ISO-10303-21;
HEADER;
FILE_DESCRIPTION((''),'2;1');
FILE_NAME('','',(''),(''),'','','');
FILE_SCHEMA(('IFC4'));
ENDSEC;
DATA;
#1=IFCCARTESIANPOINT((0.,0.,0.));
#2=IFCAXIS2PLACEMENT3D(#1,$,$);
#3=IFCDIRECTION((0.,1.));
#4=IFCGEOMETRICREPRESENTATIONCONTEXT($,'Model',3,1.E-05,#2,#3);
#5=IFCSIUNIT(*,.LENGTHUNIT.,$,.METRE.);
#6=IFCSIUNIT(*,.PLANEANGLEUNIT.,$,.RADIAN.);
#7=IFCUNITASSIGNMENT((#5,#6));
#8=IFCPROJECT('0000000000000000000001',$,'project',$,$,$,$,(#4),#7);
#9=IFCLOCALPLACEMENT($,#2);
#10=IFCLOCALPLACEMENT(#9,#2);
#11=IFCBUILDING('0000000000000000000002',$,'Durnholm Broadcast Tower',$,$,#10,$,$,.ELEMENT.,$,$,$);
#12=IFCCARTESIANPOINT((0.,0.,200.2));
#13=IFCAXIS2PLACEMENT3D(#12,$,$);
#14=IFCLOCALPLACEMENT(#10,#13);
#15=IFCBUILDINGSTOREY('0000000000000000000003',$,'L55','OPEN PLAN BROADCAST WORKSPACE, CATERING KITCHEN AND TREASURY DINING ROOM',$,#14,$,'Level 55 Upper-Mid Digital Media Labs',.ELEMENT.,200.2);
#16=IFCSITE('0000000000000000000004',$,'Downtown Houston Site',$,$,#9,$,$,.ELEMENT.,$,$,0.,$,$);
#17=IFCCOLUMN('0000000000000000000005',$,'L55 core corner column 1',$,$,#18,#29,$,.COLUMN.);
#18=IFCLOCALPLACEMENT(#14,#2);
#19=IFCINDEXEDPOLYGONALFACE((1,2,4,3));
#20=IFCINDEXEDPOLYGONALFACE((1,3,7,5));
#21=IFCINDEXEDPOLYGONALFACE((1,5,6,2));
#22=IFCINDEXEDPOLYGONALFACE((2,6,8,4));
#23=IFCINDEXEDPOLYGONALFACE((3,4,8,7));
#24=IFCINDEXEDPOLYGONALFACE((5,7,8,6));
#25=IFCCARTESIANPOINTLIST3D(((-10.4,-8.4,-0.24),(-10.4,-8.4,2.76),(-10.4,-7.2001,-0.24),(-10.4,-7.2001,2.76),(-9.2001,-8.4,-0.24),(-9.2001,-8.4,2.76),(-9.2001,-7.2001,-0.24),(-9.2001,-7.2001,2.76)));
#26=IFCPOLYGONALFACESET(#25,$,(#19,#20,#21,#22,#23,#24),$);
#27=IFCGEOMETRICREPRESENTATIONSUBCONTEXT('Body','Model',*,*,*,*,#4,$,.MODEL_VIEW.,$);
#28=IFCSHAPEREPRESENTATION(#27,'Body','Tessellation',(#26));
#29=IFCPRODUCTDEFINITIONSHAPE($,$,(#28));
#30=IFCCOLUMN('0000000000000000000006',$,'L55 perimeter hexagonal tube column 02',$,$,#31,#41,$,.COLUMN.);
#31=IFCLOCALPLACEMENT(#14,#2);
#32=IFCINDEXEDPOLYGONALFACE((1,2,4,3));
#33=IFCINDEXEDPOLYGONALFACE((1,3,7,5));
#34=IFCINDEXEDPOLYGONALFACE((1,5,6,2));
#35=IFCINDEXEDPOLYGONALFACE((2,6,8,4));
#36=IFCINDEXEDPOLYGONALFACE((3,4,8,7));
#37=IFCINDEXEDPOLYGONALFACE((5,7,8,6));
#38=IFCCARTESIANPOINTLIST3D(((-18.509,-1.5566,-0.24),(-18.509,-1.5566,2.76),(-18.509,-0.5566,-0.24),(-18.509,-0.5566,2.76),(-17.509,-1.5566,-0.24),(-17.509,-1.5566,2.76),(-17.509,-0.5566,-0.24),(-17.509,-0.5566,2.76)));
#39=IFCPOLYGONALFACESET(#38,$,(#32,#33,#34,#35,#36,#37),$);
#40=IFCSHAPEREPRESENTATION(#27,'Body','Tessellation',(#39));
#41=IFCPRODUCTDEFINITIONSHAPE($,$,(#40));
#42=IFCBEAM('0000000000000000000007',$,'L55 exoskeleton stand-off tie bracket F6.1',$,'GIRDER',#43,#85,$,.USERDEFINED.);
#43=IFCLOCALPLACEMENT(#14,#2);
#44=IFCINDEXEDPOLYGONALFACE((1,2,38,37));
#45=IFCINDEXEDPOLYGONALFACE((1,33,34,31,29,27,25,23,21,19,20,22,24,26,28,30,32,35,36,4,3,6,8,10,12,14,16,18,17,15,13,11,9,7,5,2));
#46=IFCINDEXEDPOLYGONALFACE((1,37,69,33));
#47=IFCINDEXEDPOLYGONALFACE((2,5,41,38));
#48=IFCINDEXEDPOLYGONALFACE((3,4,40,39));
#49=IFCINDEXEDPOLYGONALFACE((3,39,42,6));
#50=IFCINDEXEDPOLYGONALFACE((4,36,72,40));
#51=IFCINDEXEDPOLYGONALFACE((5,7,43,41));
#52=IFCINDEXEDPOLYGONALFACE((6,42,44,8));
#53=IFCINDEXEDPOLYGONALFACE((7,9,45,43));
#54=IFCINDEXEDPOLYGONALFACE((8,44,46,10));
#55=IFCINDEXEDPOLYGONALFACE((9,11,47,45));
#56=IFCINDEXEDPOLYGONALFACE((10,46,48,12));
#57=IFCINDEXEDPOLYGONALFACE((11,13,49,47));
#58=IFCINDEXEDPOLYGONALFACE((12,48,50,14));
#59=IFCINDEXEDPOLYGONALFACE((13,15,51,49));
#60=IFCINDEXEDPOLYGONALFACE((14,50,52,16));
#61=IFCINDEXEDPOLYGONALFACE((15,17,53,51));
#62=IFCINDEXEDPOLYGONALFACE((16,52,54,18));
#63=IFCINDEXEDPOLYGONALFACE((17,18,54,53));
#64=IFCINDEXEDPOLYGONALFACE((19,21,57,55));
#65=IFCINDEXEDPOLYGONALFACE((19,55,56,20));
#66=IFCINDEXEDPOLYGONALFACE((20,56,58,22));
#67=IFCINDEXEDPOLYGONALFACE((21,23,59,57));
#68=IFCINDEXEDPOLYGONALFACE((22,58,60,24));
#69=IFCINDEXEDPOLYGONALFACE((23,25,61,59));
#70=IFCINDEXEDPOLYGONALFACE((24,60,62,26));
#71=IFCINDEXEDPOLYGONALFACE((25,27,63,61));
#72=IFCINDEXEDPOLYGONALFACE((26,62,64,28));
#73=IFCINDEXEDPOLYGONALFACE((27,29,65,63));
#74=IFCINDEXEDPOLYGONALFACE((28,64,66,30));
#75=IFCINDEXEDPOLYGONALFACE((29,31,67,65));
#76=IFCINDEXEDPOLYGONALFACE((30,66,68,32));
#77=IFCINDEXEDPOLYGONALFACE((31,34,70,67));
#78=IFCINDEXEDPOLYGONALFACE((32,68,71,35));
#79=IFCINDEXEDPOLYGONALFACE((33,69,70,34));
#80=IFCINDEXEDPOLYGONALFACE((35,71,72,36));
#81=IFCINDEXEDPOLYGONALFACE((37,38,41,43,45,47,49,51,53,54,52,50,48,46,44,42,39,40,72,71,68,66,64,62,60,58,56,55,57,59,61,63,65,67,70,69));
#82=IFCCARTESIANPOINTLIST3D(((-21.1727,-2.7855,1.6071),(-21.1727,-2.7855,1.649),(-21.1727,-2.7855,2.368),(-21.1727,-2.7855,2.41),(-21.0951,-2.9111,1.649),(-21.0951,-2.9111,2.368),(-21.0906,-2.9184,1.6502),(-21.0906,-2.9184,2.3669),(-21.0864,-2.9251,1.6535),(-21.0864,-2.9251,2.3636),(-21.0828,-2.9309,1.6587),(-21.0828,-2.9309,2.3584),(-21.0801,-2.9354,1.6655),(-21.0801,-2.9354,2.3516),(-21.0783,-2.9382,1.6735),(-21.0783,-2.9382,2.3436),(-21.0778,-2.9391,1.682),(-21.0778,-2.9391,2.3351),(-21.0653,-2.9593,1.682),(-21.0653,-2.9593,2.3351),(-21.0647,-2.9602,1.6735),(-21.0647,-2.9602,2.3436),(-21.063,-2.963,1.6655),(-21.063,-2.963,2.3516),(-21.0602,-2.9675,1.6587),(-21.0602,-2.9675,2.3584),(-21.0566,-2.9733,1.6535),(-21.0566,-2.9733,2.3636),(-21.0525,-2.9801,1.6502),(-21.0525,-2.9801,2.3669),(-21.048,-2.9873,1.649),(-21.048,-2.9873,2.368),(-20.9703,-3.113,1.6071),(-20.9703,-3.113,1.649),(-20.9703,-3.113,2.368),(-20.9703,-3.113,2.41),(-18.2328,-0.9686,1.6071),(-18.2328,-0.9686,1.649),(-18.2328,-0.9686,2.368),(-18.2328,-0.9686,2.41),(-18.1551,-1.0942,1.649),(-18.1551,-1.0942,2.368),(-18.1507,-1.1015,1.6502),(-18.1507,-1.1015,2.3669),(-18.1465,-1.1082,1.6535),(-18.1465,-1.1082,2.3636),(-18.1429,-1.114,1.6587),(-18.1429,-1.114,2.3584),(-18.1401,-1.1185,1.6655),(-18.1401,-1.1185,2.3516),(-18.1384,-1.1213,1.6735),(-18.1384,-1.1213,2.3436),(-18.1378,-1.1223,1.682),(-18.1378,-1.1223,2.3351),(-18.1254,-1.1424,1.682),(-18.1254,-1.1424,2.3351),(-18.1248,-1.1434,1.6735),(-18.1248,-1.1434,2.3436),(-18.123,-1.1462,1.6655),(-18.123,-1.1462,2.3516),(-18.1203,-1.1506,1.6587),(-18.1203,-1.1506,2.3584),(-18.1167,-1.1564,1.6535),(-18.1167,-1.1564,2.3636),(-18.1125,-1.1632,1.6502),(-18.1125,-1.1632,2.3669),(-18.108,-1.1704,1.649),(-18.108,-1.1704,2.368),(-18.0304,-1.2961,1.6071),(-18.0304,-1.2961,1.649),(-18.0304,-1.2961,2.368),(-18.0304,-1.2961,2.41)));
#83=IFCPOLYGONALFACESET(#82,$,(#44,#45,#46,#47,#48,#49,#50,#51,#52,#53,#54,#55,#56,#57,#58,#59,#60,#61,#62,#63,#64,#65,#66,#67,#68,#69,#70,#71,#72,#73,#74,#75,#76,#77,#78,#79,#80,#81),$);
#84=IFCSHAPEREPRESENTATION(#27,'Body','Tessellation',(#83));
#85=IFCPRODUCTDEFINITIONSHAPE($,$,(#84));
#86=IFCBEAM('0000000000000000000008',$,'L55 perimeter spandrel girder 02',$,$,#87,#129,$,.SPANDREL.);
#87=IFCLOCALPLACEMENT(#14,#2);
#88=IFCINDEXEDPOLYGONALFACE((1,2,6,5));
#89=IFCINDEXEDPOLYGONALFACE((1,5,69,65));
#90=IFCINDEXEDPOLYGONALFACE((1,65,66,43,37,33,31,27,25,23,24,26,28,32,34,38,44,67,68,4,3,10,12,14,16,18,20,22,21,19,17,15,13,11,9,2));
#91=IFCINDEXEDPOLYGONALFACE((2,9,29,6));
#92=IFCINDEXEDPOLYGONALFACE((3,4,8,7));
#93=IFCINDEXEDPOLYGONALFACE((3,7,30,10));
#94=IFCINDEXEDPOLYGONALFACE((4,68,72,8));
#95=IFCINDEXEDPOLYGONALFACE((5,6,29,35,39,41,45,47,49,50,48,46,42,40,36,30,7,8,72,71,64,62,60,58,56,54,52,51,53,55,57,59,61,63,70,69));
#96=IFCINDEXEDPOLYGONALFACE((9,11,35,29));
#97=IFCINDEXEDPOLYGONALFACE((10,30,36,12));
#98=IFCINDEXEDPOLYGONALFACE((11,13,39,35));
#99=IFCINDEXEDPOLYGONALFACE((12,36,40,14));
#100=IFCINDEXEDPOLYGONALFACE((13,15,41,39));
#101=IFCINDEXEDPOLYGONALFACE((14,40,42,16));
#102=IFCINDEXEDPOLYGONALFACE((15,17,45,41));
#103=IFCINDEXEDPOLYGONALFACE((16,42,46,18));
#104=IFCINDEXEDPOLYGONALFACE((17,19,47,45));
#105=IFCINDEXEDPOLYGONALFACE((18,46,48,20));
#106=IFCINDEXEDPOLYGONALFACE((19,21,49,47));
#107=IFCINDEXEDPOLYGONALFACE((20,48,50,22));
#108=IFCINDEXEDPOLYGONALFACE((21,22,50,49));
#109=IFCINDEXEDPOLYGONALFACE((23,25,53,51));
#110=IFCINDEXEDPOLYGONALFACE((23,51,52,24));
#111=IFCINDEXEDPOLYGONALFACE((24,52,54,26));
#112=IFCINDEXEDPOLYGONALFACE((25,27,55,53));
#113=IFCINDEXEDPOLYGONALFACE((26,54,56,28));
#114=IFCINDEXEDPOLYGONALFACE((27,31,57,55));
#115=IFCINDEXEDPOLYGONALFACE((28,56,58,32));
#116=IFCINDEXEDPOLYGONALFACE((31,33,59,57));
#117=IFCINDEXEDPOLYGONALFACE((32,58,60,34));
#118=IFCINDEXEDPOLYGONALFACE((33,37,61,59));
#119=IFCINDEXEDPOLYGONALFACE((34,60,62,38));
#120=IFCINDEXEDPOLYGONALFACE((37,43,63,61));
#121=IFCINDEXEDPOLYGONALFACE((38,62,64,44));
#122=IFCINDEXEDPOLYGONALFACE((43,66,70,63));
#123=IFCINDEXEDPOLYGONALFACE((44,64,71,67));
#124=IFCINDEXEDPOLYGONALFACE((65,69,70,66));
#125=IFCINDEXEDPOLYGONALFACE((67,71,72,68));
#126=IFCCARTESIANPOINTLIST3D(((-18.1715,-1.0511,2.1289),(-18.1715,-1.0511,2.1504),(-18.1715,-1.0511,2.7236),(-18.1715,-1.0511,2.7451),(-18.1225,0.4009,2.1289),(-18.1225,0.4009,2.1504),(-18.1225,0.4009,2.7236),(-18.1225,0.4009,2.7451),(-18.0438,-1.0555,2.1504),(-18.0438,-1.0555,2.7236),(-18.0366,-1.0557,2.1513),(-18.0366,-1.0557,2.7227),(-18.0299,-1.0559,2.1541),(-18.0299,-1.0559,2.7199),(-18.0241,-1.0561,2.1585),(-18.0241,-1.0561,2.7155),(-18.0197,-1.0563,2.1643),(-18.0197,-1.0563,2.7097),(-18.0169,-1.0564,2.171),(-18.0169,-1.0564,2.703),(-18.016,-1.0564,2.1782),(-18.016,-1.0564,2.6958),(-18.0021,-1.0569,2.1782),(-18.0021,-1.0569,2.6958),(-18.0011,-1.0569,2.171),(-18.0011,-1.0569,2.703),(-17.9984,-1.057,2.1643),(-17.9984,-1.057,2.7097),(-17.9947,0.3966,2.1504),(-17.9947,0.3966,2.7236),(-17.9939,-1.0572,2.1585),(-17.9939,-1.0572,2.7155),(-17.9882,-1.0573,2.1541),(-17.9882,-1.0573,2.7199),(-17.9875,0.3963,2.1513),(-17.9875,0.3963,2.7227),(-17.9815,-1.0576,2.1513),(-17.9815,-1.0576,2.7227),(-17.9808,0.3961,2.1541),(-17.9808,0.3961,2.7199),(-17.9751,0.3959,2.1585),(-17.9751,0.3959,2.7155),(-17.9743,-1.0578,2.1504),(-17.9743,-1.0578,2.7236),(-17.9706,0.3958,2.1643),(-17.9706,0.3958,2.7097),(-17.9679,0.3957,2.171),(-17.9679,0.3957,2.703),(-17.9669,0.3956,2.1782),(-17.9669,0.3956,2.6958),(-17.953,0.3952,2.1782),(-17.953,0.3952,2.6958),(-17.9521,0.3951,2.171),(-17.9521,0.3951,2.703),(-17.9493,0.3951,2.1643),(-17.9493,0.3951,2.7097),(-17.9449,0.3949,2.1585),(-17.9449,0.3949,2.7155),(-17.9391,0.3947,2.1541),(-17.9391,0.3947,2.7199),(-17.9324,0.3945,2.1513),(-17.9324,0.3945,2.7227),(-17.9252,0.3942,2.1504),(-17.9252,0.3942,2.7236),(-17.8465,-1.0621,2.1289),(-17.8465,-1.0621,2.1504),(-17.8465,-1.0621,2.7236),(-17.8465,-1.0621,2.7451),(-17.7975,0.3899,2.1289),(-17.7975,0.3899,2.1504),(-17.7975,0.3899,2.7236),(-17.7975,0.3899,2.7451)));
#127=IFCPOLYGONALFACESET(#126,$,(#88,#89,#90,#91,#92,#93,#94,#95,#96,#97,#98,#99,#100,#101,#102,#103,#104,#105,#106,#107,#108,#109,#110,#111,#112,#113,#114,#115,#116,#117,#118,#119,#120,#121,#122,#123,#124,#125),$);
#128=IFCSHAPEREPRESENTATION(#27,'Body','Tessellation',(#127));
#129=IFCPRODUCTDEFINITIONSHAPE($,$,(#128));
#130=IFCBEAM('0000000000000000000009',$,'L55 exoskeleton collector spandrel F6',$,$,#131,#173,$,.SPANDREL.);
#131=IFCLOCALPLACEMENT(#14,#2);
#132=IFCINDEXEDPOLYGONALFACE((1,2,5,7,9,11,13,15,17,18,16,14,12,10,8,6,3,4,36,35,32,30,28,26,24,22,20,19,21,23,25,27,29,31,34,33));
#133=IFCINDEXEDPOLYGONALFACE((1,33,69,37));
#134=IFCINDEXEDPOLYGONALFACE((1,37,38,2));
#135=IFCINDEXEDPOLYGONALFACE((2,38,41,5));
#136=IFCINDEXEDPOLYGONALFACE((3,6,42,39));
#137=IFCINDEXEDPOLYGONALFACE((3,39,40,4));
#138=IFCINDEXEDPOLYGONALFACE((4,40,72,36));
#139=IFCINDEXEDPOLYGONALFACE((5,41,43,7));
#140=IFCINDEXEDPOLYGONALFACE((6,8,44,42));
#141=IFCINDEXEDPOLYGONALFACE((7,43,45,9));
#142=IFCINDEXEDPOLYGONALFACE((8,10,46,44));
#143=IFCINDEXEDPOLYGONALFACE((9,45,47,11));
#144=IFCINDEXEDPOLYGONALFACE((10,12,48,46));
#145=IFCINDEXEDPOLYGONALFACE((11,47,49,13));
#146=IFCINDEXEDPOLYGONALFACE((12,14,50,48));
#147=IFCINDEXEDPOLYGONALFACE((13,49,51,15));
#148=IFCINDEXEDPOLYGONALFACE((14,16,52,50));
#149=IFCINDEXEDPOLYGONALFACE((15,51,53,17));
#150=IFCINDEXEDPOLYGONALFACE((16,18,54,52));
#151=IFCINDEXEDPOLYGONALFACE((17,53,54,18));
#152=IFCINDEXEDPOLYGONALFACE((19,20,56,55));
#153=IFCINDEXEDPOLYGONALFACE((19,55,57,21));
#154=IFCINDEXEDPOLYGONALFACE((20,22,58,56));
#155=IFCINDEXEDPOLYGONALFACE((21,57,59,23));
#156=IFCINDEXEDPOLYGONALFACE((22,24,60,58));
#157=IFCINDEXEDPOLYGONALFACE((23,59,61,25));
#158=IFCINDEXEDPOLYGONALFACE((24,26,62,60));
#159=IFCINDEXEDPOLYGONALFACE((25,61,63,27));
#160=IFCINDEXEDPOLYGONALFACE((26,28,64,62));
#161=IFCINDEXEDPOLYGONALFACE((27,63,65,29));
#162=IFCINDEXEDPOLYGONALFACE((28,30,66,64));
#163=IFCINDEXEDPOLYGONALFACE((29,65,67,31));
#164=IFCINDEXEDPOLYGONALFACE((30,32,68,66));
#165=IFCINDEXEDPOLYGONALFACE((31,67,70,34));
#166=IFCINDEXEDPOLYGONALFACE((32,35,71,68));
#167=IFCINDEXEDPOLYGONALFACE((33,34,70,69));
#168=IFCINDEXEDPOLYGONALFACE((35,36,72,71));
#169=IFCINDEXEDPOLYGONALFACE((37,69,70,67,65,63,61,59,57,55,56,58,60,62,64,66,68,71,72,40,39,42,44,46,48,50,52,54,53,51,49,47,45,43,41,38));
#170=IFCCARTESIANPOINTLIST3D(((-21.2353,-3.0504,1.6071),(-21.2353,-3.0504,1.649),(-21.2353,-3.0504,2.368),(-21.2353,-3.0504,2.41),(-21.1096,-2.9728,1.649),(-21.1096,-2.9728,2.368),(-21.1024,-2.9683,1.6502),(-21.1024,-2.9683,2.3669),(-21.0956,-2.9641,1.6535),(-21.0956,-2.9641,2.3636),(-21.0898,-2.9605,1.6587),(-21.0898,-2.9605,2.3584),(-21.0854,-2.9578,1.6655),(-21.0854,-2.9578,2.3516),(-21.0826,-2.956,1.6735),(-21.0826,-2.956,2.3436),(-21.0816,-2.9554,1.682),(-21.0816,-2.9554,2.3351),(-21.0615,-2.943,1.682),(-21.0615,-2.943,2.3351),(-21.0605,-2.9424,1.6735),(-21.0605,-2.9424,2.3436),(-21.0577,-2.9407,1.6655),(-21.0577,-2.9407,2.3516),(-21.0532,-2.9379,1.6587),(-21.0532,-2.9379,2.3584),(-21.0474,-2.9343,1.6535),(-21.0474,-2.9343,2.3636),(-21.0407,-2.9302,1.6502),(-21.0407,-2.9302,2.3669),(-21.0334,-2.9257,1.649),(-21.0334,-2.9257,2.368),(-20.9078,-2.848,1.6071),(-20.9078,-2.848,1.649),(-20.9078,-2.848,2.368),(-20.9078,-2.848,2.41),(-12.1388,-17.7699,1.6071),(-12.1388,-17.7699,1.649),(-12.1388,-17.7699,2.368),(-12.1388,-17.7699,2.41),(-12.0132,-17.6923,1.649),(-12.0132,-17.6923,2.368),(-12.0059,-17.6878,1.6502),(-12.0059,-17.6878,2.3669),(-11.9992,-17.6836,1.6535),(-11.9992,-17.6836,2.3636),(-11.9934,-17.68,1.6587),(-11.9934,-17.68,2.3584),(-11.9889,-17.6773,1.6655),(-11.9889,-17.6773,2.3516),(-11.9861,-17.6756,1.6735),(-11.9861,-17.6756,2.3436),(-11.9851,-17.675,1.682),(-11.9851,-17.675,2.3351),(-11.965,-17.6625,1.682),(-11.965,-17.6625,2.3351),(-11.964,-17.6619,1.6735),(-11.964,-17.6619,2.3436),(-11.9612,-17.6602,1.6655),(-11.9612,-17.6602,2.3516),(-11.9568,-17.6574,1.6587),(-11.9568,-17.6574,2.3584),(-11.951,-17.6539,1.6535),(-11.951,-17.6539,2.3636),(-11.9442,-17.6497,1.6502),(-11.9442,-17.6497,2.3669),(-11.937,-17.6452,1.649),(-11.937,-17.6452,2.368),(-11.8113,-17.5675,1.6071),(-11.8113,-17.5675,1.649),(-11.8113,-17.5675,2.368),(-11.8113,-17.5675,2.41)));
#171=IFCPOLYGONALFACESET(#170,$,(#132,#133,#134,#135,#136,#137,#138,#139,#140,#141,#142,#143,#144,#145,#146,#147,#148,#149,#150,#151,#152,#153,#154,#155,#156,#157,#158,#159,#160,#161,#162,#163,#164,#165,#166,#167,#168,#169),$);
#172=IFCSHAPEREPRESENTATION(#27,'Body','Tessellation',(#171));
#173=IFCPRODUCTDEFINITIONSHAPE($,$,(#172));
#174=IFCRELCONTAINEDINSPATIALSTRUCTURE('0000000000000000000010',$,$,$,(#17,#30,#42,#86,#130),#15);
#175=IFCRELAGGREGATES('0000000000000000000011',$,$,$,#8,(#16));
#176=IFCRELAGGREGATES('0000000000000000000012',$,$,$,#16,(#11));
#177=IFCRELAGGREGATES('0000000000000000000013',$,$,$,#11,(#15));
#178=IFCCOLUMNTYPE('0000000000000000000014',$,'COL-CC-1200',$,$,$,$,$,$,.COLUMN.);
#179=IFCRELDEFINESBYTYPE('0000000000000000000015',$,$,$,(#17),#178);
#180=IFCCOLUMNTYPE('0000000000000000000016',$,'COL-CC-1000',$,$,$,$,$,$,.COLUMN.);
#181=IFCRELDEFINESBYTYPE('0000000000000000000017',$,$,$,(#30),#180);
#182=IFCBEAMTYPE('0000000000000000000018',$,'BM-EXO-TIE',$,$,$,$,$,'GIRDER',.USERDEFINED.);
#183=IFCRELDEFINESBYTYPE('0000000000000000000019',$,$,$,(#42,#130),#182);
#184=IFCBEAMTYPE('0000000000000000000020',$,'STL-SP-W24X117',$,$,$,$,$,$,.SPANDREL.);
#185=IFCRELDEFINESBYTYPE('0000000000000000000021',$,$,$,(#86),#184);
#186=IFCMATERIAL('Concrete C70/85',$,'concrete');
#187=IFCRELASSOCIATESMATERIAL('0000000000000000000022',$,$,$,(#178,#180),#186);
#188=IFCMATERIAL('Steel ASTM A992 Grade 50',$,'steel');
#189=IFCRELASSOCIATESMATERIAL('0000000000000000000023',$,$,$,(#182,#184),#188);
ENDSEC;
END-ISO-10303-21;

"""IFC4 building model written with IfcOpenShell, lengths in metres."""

from ifc_helpers import new_model, si_unit, direction, frame, origin, origin_2d, place, context, subcontext, project, spatial, rectangle, i_section, extrude, source, transform, mapped, material, material_profile, profile_set, type_object, type_shapes, element, save


model = new_model("IFC4")

# Units and contexts
model_context = context("Model", 3, precision=1e-05, world=origin(), true_north=direction((0.0, 1.0)))
body_context = subcontext(model_context, "Body", "Model", "MODEL_VIEW")
ifc_project = project(units=[si_unit("LENGTHUNIT", "METRE"), si_unit("PLANEANGLEUNIT", "RADIAN")], contexts=[model_context])

# Site, building, storey
site_placement = place(None, origin())
site = spatial("IfcSite", under=ifc_project, at=site_placement, Name="Downtown Houston Site", CompositionType="ELEMENT", RefElevation=0.0)
building_placement = place(site_placement, origin())
building = spatial("IfcBuilding", under=site, at=building_placement, Name="Durnholm Broadcast Tower", CompositionType="ELEMENT")
storey_placement = place(building_placement, frame((0.0, 0.0, 200.2)))
storey = spatial("IfcBuildingStorey", under=building, at=storey_placement, Name="L55", Description="OPEN PLAN BROADCAST WORKSPACE, CATERING KITCHEN AND TREASURY DINING ROOM", LongName="Level 55 Upper-Mid Digital Media Labs", CompositionType="ELEMENT", Elevation=200.2)

# Columns
ifc_material_1 = material(Name="Concrete C70/85", Category="concrete")
ifc_material_profile_1 = material_profile(ifc_material_1, rectangle(XDim=1.2, YDim=1.2, at=origin_2d()), Name="RC1200X1200")
ifc_profile_set_1 = profile_set([ifc_material_profile_1], Name="Concrete C70/85")
column_type_1 = type_object("IfcColumnType", Name="COL-CC-1200", PredefinedType="COLUMN", material=ifc_profile_set_1)
shared_shape_1 = source(origin(), body_context, "Body", "SweptSolid", [
    extrude(rectangle(XDim=1.2, YDim=1.2, at=origin_2d()), origin(), (0.0, 0.0, 1.0), 3.0),
])
type_shapes(column_type_1, [shared_shape_1])
column_1_placement = place(storey_placement, frame((-9.8, -7.8, -0.24), z_axis=(0.0, 0.0, 1.0), x_axis=(1.0, 0.0, 0.0)))
element("IfcColumn", 1, at=column_1_placement, inside=storey, type_object=column_type_1, Name="L55 core corner column 1", PredefinedType="COLUMN", context=body_context, shape_type="MappedRepresentation", body=[
    mapped(shared_shape_1, transform((0.0, 0.0, 0.0), x_axis=(1.0, 0.0, 0.0), y_axis=(0.0, 1.0, 0.0), z_axis=(0.0, 0.0, 1.0), scale=1.0)),
])
ifc_material_profile_2 = material_profile(ifc_material_1, rectangle(XDim=1.0, YDim=1.0, at=origin_2d()), Name="RC1000X1000")
ifc_profile_set_2 = profile_set([ifc_material_profile_2], Name="Concrete C70/85")
column_type_2 = type_object("IfcColumnType", Name="COL-CC-1000", PredefinedType="COLUMN", material=ifc_profile_set_2)
shared_shape_2 = source(origin(), body_context, "Body", "SweptSolid", [
    extrude(rectangle(XDim=1.0, YDim=1.0, at=origin_2d()), origin(), (0.0, 0.0, 1.0), 3.0),
])
type_shapes(column_type_2, [shared_shape_2])
column_2_placement = place(storey_placement, frame((-18.009, -1.0566, -0.24), z_axis=(0.0, 0.0, 1.0), x_axis=(1.0, 0.0, 0.0)))
element("IfcColumn", 2, at=column_2_placement, inside=storey, type_object=column_type_2, Name="L55 perimeter hexagonal tube column 02", PredefinedType="COLUMN", context=body_context, shape_type="MappedRepresentation", body=[
    mapped(shared_shape_2, transform((0.0, 0.0, 0.0), x_axis=(1.0, 0.0, 0.0), y_axis=(0.0, 1.0, 0.0), z_axis=(0.0, 0.0, 1.0), scale=1.0)),
])

# Beams
ifc_material_2 = material(Name="Steel ASTM A992 Grade 50", Category="steel")
ifc_material_profile_3 = material_profile(ifc_material_2, i_section(OverallWidth=0.385, OverallDepth=0.803, WebThickness=0.0237, FlangeThickness=0.042, FilletRadius=0.033, at=origin_2d()), Name="W30X261")
ifc_profile_set_3 = profile_set([ifc_material_profile_3], Name="Steel ASTM A992 Grade 50")
beam_type_1 = type_object("IfcBeamType", Name="BM-EXO-TIE", ElementType="GIRDER", PredefinedType="USERDEFINED", material=ifc_profile_set_3)
shared_shape_3 = source(origin(), body_context, "Body", "SweptSolid", [
    extrude(i_section(OverallWidth=0.385, OverallDepth=0.803, WebThickness=0.0237, FlangeThickness=0.042, FilletRadius=0.033, at=origin_2d()), origin(), (0.0, 0.0, 1.0), 3.4561),
])
beam_1_placement = place(storey_placement, frame((-18.1316, -1.1323, 2.0085), z_axis=(-0.850662, -0.525712, 0.0), x_axis=(0.525712, -0.850662, 0.0)))
element("IfcBeam", 3, at=beam_1_placement, inside=storey, type_object=beam_type_1, Name="L55 exoskeleton stand-off tie bracket F6.1", ObjectType="GIRDER", PredefinedType="USERDEFINED", context=body_context, shape_type="MappedRepresentation", body=[
    mapped(shared_shape_3, transform((0.0, 0.0, 0.0), x_axis=(1.0, 0.0, 0.0), y_axis=(0.0, 1.0, 0.0), z_axis=(0.0, 0.0, 1.0), scale=1.0)),
])
ifc_material_profile_4 = material_profile(ifc_material_2, i_section(OverallWidth=0.3252, OverallDepth=0.6162, WebThickness=0.0139, FlangeThickness=0.0215, FilletRadius=0.0278, at=origin_2d()), Name="W24X117")
ifc_profile_set_4 = profile_set([ifc_material_profile_4], Name="Steel ASTM A992 Grade 50")
beam_type_2 = type_object("IfcBeamType", Name="STL-SP-W24X117", PredefinedType="SPANDREL", material=ifc_profile_set_4)
shared_shape_4 = source(origin(), body_context, "Body", "SweptSolid", [
    extrude(i_section(OverallWidth=0.3252, OverallDepth=0.6162, WebThickness=0.0139, FlangeThickness=0.0215, FilletRadius=0.0278, at=origin_2d()), origin(), (0.0, 0.0, 1.0), 1.4529),
])
type_shapes(beam_type_2, [shared_shape_4])
beam_2_placement = place(storey_placement, frame((-18.009, -1.0566, 2.437), z_axis=(0.033774, 0.99943, 0.0), x_axis=(-0.99943, 0.033774, 0.0)))
element("IfcBeam", 4, at=beam_2_placement, inside=storey, type_object=beam_type_2, Name="L55 perimeter spandrel girder 02", PredefinedType="SPANDREL", context=body_context, shape_type="MappedRepresentation", body=[
    mapped(shared_shape_4, transform((0.0, 0.0, 0.0), x_axis=(1.0, 0.0, 0.0), y_axis=(0.0, 1.0, 0.0), z_axis=(0.0, 0.0, 1.0), scale=1.0)),
])
shared_shape_5 = source(origin(), body_context, "Body", "SweptSolid", [
    extrude(i_section(OverallWidth=0.385, OverallDepth=0.803, WebThickness=0.0237, FlangeThickness=0.042, FilletRadius=0.033, at=origin_2d()), origin(), (0.0, 0.0, 1.0), 17.3035),
])
type_shapes(beam_type_1, [shared_shape_3, shared_shape_5])
beam_3_placement = place(storey_placement, frame((-21.0715, -2.9492, 2.0085), z_axis=(0.525702, -0.850669, 0.0), x_axis=(0.850669, 0.525702, 0.0)))
element("IfcBeam", 5, at=beam_3_placement, inside=storey, type_object=beam_type_1, Name="L55 exoskeleton collector spandrel F6", PredefinedType="SPANDREL", context=body_context, shape_type="MappedRepresentation", body=[
    mapped(shared_shape_5, transform((0.0, 0.0, 0.0), x_axis=(1.0, 0.0, 0.0), y_axis=(0.0, 1.0, 0.0), z_axis=(0.0, 0.0, 1.0), scale=1.0)),
])

save(model, "model.ifc")
